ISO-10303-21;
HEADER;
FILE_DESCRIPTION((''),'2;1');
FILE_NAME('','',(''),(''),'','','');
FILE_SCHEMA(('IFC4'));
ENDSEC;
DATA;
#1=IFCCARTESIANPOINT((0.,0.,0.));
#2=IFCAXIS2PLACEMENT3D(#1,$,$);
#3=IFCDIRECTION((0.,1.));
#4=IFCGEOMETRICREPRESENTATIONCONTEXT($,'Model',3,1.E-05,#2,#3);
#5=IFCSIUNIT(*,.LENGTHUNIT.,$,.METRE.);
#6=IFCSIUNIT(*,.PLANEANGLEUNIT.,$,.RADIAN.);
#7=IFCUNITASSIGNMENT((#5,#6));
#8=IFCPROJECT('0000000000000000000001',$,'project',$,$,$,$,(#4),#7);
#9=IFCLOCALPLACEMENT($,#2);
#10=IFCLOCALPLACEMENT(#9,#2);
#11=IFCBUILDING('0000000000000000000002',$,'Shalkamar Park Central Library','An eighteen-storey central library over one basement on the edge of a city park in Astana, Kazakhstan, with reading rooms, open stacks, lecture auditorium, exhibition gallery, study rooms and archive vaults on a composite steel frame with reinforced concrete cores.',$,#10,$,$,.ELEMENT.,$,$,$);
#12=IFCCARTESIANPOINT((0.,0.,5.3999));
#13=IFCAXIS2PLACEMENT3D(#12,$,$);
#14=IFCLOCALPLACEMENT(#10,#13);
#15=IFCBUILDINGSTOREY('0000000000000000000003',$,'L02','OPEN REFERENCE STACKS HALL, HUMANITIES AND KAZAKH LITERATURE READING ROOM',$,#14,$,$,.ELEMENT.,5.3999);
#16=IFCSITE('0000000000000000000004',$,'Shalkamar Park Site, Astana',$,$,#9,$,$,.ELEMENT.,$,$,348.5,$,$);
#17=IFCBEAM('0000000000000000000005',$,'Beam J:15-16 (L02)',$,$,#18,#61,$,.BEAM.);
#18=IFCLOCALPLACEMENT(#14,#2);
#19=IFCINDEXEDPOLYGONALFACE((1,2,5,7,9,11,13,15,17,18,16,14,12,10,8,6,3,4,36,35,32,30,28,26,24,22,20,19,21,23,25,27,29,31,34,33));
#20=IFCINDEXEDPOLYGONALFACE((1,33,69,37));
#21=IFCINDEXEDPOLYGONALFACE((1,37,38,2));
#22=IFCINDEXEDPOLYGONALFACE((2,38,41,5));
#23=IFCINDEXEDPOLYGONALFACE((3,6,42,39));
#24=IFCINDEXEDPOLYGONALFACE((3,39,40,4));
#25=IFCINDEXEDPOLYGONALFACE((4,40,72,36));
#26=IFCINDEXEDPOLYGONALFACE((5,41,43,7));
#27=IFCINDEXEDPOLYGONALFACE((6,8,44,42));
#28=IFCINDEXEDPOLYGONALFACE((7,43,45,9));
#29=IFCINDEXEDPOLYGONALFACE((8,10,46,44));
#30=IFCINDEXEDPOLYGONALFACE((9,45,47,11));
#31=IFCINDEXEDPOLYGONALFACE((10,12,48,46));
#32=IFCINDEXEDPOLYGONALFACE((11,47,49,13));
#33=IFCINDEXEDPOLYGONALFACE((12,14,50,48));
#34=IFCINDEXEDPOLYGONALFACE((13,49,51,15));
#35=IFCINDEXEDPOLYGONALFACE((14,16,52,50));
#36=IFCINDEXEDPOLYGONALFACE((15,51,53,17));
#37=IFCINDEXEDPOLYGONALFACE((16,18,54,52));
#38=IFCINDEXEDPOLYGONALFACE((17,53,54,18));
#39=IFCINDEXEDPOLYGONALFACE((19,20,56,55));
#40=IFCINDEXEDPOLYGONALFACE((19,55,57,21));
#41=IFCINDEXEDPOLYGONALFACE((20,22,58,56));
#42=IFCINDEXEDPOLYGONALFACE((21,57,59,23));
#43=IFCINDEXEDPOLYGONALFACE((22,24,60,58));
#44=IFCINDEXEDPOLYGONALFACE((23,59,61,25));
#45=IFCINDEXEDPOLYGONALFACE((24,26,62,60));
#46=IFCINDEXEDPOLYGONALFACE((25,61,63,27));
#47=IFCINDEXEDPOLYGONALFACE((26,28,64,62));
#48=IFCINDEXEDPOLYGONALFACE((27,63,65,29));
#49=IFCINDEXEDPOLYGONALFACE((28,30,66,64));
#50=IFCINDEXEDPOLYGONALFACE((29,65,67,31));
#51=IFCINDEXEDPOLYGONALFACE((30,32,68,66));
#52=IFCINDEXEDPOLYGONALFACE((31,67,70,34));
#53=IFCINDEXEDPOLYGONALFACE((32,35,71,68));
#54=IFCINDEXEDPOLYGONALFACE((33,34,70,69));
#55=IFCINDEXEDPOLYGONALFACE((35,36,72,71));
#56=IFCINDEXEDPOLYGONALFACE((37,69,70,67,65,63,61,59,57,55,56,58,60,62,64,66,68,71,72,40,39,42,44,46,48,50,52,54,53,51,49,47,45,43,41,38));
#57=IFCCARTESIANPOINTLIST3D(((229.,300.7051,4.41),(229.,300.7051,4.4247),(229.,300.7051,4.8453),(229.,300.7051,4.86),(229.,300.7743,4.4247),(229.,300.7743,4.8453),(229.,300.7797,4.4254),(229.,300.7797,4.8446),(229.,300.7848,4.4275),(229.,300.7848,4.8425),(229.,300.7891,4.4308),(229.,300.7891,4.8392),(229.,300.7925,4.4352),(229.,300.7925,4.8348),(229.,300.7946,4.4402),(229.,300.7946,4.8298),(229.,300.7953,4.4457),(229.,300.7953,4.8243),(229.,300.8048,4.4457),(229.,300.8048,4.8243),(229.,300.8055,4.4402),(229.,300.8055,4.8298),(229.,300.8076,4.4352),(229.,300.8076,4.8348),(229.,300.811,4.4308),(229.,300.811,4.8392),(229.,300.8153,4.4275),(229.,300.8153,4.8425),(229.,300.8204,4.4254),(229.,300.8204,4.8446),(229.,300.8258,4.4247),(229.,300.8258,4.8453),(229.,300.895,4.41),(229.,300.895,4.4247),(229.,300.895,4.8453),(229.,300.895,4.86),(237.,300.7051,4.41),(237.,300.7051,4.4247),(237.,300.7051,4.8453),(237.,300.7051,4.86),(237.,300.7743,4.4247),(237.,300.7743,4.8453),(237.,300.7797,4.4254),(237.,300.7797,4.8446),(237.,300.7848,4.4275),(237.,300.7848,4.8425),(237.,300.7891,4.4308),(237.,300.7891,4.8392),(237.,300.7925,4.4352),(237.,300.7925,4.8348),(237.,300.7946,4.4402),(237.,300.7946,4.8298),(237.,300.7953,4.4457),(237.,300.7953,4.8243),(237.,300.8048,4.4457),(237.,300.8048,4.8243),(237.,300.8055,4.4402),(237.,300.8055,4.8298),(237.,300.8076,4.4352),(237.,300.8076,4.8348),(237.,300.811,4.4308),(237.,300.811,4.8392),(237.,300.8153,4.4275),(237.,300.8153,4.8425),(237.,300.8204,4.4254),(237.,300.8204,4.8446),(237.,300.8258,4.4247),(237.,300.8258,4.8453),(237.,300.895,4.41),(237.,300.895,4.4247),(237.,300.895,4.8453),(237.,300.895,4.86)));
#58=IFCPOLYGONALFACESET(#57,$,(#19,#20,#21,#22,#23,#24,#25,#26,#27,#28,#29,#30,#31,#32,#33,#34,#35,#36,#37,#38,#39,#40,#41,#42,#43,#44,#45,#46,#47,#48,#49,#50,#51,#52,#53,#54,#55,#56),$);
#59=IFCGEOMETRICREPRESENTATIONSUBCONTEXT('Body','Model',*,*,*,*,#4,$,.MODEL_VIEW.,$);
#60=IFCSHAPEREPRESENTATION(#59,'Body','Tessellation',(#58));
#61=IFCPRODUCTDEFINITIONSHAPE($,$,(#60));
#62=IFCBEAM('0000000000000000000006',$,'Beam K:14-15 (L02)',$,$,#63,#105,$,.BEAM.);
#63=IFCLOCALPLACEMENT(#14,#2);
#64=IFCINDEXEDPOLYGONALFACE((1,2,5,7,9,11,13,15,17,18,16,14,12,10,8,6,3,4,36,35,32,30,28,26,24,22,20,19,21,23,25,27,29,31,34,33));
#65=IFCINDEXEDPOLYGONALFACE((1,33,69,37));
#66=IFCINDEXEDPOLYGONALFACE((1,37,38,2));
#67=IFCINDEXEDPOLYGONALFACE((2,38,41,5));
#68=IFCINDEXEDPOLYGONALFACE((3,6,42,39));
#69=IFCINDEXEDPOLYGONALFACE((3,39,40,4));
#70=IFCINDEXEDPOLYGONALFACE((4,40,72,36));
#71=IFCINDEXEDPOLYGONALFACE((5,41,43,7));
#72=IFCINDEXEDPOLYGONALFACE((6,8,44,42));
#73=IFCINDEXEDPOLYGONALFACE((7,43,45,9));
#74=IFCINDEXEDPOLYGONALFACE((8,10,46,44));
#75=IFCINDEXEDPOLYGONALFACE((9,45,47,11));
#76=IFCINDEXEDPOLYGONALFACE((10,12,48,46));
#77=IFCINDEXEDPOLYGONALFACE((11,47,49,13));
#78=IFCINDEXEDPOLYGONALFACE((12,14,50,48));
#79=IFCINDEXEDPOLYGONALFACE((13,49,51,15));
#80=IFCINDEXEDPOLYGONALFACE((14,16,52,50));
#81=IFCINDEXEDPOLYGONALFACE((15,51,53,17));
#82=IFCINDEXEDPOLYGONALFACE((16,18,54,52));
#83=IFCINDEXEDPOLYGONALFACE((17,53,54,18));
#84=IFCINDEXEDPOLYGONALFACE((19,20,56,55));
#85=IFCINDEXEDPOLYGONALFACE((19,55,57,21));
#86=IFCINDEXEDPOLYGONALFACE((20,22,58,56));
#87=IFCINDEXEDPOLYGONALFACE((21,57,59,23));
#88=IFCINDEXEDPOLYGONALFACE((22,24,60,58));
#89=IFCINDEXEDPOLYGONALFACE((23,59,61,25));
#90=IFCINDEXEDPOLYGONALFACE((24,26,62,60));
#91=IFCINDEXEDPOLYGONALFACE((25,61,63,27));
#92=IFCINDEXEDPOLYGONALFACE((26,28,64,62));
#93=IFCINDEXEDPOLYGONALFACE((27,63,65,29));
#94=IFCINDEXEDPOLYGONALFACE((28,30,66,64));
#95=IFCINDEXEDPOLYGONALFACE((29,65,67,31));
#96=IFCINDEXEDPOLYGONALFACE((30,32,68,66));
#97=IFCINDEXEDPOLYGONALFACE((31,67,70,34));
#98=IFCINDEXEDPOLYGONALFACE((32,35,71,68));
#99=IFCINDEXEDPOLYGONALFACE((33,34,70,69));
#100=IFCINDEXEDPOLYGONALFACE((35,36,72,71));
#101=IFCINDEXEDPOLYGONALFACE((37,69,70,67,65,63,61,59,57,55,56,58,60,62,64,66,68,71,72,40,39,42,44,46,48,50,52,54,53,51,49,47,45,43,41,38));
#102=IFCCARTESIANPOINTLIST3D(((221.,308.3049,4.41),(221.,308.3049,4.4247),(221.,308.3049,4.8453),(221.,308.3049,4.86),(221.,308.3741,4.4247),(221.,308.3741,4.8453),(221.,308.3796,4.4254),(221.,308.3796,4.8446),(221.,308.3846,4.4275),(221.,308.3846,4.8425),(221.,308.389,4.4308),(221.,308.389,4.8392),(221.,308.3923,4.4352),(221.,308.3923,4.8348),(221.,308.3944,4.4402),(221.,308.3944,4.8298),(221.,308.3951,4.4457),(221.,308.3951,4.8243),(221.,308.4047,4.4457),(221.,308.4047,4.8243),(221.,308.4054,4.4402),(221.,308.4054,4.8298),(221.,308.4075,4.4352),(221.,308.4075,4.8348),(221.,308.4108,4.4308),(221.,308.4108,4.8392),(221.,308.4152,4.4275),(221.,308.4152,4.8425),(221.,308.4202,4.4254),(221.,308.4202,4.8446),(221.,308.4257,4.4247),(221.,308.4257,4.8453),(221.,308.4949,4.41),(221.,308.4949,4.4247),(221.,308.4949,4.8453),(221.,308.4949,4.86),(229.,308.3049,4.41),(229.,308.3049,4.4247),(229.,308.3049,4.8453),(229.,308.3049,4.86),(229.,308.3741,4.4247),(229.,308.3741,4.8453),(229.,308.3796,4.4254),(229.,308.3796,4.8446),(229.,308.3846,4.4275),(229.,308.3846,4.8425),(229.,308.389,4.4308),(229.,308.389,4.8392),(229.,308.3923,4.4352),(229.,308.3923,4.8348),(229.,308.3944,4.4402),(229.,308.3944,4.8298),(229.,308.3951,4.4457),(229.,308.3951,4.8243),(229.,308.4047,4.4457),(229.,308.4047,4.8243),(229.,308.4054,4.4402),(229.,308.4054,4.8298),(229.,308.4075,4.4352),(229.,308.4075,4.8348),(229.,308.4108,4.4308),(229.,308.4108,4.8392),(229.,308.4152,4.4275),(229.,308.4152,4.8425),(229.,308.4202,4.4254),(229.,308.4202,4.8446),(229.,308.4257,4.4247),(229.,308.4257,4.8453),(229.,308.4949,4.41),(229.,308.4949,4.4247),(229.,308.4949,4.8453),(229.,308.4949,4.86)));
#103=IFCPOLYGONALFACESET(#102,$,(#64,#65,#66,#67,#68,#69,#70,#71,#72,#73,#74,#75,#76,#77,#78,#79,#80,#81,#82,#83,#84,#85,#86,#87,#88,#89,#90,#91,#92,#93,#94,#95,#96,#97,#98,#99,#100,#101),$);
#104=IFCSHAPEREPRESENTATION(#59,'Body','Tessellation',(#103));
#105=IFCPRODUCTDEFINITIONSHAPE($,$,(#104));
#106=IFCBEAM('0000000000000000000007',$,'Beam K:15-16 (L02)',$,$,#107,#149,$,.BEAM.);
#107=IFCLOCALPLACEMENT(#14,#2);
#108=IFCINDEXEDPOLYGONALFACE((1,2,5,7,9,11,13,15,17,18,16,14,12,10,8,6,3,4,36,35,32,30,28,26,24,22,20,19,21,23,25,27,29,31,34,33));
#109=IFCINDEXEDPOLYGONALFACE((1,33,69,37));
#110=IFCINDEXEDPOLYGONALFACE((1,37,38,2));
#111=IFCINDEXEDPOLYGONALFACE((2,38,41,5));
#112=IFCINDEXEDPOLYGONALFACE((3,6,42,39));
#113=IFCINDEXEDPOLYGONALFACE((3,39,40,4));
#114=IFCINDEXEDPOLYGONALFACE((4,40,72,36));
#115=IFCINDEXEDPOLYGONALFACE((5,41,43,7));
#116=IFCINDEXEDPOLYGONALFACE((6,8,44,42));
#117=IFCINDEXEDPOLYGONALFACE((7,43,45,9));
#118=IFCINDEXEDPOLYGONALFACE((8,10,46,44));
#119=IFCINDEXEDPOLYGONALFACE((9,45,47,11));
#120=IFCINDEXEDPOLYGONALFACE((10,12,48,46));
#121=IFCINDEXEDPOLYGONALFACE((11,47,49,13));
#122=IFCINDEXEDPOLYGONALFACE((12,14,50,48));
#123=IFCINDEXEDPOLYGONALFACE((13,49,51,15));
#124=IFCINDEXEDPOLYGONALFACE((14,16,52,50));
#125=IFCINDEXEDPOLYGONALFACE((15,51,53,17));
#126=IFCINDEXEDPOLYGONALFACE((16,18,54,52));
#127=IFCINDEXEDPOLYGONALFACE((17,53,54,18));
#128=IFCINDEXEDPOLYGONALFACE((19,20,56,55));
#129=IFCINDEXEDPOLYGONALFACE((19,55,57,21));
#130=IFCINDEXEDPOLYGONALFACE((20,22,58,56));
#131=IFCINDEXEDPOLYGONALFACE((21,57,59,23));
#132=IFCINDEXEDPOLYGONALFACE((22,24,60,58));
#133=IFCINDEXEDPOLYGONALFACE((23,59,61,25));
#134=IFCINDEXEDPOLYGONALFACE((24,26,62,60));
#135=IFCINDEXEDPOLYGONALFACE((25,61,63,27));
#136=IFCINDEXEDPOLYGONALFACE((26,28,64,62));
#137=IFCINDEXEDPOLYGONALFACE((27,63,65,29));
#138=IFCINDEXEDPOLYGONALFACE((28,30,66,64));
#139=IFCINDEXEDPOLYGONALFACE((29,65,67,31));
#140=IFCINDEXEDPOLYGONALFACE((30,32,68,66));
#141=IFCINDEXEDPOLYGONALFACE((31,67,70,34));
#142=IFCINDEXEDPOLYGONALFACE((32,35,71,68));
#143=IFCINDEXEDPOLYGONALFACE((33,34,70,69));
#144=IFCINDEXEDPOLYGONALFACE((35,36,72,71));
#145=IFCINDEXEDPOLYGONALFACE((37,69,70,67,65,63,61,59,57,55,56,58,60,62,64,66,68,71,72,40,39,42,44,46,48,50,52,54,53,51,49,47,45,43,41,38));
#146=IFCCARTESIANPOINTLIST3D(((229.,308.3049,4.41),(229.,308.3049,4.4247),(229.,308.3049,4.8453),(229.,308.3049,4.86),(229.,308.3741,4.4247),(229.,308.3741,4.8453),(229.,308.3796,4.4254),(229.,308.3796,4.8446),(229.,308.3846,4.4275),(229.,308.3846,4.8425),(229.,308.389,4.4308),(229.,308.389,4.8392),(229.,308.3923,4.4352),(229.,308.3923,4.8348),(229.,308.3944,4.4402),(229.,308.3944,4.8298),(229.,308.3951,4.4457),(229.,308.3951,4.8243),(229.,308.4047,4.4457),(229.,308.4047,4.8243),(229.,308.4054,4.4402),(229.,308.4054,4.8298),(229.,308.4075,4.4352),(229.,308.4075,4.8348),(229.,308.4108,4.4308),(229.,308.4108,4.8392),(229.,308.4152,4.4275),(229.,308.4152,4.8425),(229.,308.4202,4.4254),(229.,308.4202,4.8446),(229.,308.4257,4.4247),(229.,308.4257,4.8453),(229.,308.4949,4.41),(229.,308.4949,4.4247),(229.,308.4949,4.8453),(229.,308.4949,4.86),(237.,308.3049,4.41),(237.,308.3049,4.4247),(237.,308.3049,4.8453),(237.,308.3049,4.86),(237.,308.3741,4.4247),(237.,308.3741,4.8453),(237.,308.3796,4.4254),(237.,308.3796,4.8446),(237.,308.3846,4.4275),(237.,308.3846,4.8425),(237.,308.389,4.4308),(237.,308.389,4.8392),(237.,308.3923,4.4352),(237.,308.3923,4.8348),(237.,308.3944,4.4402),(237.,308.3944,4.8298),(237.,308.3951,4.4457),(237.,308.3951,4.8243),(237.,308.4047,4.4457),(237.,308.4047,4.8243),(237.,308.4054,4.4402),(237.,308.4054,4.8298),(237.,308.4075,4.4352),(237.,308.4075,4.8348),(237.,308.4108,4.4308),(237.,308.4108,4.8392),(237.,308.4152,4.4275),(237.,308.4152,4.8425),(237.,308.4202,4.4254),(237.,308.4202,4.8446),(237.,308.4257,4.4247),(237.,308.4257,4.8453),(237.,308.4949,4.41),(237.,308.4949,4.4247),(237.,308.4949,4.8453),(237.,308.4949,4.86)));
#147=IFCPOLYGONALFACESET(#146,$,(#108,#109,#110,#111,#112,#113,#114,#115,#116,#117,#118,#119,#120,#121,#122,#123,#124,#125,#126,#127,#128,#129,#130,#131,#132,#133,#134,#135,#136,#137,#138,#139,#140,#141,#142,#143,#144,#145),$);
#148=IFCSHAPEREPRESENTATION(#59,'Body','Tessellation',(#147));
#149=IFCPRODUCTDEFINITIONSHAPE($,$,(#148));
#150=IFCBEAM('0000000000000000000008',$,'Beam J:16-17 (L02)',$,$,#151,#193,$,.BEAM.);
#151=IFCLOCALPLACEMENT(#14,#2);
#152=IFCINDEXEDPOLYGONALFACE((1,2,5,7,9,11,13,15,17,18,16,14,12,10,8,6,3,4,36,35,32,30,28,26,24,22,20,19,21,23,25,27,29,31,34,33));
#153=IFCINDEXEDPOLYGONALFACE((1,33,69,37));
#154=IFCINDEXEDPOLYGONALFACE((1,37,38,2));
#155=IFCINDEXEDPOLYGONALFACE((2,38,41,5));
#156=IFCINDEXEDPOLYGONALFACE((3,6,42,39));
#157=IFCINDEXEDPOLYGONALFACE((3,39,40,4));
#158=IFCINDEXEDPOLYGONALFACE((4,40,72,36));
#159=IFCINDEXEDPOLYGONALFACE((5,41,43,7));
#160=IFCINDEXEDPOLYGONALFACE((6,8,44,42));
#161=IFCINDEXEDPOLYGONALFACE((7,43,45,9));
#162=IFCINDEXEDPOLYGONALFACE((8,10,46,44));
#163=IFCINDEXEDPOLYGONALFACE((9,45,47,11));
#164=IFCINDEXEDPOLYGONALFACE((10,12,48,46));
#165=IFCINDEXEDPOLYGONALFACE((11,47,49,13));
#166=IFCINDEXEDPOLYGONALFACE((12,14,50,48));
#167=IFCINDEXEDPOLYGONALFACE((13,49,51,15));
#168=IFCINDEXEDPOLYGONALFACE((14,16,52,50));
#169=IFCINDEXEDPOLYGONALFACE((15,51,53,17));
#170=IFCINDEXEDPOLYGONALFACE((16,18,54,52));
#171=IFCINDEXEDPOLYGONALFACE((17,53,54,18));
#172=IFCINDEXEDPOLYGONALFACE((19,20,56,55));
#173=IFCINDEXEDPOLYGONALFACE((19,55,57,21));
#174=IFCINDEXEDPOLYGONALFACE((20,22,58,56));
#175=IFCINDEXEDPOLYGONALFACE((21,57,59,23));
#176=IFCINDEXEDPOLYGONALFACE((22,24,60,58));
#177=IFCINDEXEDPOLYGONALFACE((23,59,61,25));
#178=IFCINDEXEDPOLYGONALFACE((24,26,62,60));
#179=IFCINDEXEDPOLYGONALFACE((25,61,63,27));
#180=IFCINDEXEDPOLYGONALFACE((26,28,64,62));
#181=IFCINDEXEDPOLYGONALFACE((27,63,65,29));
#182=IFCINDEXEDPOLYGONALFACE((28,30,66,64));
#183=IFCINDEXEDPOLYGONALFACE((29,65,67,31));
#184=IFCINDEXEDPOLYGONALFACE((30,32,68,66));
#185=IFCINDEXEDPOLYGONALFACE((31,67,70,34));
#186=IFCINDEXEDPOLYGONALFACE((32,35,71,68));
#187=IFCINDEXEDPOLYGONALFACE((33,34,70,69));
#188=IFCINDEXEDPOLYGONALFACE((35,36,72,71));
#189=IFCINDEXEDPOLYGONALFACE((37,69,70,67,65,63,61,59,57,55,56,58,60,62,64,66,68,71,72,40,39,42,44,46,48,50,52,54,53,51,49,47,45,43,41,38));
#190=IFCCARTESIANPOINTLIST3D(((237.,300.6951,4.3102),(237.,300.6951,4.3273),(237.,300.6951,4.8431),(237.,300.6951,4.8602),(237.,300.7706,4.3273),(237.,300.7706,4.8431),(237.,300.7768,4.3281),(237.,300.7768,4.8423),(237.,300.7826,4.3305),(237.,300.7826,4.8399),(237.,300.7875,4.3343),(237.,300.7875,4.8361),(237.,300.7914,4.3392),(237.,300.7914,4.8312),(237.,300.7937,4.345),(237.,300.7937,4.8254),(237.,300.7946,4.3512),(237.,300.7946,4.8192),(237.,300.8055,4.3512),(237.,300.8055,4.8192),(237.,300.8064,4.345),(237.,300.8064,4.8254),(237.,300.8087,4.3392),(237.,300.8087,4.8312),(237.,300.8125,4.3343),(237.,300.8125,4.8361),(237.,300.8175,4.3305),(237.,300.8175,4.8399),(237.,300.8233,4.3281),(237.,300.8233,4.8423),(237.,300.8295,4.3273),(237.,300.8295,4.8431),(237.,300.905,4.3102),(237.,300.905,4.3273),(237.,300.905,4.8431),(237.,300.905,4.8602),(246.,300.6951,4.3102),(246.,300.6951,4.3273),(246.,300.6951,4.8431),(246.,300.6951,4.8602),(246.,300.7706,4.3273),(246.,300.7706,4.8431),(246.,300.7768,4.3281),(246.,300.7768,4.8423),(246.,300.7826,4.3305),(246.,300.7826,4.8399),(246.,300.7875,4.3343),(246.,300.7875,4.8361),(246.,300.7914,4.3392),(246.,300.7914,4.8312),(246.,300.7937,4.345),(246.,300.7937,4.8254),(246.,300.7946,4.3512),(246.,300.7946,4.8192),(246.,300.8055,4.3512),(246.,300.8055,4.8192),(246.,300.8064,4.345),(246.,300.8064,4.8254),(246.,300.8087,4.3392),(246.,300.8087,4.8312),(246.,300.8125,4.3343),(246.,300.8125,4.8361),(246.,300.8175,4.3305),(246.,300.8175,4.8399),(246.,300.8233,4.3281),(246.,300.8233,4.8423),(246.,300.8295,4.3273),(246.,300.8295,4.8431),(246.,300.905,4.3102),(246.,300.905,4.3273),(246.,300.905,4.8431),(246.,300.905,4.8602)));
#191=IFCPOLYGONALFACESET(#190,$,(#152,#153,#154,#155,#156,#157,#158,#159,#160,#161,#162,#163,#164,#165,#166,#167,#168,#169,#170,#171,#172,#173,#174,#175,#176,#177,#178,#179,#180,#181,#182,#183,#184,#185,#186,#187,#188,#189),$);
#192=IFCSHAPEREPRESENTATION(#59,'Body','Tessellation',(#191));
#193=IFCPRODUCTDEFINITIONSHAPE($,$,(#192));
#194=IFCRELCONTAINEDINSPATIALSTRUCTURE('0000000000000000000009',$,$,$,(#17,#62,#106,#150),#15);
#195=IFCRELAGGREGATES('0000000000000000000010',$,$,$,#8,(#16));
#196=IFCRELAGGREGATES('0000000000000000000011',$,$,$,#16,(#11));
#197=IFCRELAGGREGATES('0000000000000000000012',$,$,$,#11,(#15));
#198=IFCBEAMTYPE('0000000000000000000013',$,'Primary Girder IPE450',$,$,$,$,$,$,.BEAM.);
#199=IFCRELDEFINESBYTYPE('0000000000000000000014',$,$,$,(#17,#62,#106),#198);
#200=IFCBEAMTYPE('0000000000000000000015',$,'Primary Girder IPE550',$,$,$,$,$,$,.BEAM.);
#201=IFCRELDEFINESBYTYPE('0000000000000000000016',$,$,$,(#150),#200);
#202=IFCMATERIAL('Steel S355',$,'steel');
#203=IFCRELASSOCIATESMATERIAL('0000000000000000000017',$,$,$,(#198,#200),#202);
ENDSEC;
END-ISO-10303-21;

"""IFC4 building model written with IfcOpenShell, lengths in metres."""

from ifc_helpers import new_model, si_unit, direction, frame, origin, origin_2d, place, context, subcontext, project, spatial, i_section, extrude, material, material_profile, profile_set, type_object, element, save


model = new_model("IFC4")

# Units and contexts
model_context = context("Model", 3, precision=1e-05, world=origin(), true_north=direction((0.0, 1.0)))
body_context = subcontext(model_context, "Body", "Model", "MODEL_VIEW")
ifc_project = project(units=[si_unit("LENGTHUNIT", "METRE"), si_unit("PLANEANGLEUNIT", "RADIAN")], contexts=[model_context])

# Site, building, storey
site_placement = place(None, origin())
site = spatial("IfcSite", under=ifc_project, at=site_placement, Name="Shalkamar Park Site, Astana", CompositionType="ELEMENT", RefElevation=348.5)
building_placement = place(site_placement, origin())
building = spatial("IfcBuilding", under=site, at=building_placement, Name="Shalkamar Park Central Library", Description="An eighteen-storey central library over one basement on the edge of a city park in Astana, Kazakhstan, with reading rooms, open stacks, lecture auditorium, exhibition gallery, study rooms and archive vaults on a composite steel frame with reinforced concrete cores.", CompositionType="ELEMENT")
storey_placement = place(building_placement, frame((0.0, 0.0, 5.3999)))
storey = spatial("IfcBuildingStorey", under=building, at=storey_placement, Name="L02", Description="OPEN REFERENCE STACKS HALL, HUMANITIES AND KAZAKH LITERATURE READING ROOM", CompositionType="ELEMENT", Elevation=5.3999)

# Shared definitions
ifc_material_1 = material(Name="Steel S355", Category="steel")

# Beams
ifc_material_profile_1 = material_profile(ifc_material_1, i_section(OverallWidth=0.1899, OverallDepth=0.45, WebThickness=0.0095, FlangeThickness=0.0146, FilletRadius=0.021, at=origin_2d()), Name="IPE 450")
ifc_profile_set_1 = profile_set([ifc_material_profile_1], Name="Steel S355")
beam_type_1 = type_object("IfcBeamType", Name="Primary Girder IPE450", PredefinedType="BEAM", material=ifc_profile_set_1)
for number, where, z_axis, x_axis, name in (
    (1, (229.0, 300.8, 4.635), (1.0, 0.0, 0.0), (0.0, 1.0, 0.0), "Beam J:15-16 (L02)"),
    (2, (221.0, 308.3999, 4.635), (1.0, 0.0, 0.0), (0.0, 1.0, 0.0), "Beam K:14-15 (L02)"),
    (3, (229.0, 308.3999, 4.635), (1.0, 0.0, 0.0), (0.0, 1.0, 0.0), "Beam K:15-16 (L02)"),
):
    element("IfcBeam", number, at=place(storey_placement, frame(where, z_axis=z_axis, x_axis=x_axis)), inside=storey, type_object=beam_type_1, Name=name, PredefinedType="BEAM", context=body_context, shape_type="SweptSolid", body=[
        extrude(i_section(OverallWidth=0.1899, OverallDepth=0.45, WebThickness=0.0095, FlangeThickness=0.0146, FilletRadius=0.021, at=origin_2d()), origin(), (0.0, 0.0, 1.0), 8.0),
    ])
ifc_material_profile_2 = material_profile(ifc_material_1, i_section(OverallWidth=0.21, OverallDepth=0.55, WebThickness=0.011, FlangeThickness=0.0171, FilletRadius=0.0239, at=origin_2d()), Name="IPE 550")
ifc_profile_set_2 = profile_set([ifc_material_profile_2], Name="Steel S355")
beam_type_2 = type_object("IfcBeamType", Name="Primary Girder IPE550", PredefinedType="BEAM", material=ifc_profile_set_2)
for number, where, z_axis, x_axis, name in (
    (4, (237.0, 300.8, 4.5852), (1.0, 0.0, 0.0), (0.0, 1.0, 0.0), "Beam J:16-17 (L02)"),
):
    element("IfcBeam", number, at=place(storey_placement, frame(where, z_axis=z_axis, x_axis=x_axis)), inside=storey, type_object=beam_type_2, Name=name, PredefinedType="BEAM", context=body_context, shape_type="SweptSolid", body=[
        extrude(i_section(OverallWidth=0.21, OverallDepth=0.55, WebThickness=0.011, FlangeThickness=0.0171, FilletRadius=0.0239, at=origin_2d()), origin(), (0.0, 0.0, 1.0), 9.0),
    ])

save(model, "model.ifc")
